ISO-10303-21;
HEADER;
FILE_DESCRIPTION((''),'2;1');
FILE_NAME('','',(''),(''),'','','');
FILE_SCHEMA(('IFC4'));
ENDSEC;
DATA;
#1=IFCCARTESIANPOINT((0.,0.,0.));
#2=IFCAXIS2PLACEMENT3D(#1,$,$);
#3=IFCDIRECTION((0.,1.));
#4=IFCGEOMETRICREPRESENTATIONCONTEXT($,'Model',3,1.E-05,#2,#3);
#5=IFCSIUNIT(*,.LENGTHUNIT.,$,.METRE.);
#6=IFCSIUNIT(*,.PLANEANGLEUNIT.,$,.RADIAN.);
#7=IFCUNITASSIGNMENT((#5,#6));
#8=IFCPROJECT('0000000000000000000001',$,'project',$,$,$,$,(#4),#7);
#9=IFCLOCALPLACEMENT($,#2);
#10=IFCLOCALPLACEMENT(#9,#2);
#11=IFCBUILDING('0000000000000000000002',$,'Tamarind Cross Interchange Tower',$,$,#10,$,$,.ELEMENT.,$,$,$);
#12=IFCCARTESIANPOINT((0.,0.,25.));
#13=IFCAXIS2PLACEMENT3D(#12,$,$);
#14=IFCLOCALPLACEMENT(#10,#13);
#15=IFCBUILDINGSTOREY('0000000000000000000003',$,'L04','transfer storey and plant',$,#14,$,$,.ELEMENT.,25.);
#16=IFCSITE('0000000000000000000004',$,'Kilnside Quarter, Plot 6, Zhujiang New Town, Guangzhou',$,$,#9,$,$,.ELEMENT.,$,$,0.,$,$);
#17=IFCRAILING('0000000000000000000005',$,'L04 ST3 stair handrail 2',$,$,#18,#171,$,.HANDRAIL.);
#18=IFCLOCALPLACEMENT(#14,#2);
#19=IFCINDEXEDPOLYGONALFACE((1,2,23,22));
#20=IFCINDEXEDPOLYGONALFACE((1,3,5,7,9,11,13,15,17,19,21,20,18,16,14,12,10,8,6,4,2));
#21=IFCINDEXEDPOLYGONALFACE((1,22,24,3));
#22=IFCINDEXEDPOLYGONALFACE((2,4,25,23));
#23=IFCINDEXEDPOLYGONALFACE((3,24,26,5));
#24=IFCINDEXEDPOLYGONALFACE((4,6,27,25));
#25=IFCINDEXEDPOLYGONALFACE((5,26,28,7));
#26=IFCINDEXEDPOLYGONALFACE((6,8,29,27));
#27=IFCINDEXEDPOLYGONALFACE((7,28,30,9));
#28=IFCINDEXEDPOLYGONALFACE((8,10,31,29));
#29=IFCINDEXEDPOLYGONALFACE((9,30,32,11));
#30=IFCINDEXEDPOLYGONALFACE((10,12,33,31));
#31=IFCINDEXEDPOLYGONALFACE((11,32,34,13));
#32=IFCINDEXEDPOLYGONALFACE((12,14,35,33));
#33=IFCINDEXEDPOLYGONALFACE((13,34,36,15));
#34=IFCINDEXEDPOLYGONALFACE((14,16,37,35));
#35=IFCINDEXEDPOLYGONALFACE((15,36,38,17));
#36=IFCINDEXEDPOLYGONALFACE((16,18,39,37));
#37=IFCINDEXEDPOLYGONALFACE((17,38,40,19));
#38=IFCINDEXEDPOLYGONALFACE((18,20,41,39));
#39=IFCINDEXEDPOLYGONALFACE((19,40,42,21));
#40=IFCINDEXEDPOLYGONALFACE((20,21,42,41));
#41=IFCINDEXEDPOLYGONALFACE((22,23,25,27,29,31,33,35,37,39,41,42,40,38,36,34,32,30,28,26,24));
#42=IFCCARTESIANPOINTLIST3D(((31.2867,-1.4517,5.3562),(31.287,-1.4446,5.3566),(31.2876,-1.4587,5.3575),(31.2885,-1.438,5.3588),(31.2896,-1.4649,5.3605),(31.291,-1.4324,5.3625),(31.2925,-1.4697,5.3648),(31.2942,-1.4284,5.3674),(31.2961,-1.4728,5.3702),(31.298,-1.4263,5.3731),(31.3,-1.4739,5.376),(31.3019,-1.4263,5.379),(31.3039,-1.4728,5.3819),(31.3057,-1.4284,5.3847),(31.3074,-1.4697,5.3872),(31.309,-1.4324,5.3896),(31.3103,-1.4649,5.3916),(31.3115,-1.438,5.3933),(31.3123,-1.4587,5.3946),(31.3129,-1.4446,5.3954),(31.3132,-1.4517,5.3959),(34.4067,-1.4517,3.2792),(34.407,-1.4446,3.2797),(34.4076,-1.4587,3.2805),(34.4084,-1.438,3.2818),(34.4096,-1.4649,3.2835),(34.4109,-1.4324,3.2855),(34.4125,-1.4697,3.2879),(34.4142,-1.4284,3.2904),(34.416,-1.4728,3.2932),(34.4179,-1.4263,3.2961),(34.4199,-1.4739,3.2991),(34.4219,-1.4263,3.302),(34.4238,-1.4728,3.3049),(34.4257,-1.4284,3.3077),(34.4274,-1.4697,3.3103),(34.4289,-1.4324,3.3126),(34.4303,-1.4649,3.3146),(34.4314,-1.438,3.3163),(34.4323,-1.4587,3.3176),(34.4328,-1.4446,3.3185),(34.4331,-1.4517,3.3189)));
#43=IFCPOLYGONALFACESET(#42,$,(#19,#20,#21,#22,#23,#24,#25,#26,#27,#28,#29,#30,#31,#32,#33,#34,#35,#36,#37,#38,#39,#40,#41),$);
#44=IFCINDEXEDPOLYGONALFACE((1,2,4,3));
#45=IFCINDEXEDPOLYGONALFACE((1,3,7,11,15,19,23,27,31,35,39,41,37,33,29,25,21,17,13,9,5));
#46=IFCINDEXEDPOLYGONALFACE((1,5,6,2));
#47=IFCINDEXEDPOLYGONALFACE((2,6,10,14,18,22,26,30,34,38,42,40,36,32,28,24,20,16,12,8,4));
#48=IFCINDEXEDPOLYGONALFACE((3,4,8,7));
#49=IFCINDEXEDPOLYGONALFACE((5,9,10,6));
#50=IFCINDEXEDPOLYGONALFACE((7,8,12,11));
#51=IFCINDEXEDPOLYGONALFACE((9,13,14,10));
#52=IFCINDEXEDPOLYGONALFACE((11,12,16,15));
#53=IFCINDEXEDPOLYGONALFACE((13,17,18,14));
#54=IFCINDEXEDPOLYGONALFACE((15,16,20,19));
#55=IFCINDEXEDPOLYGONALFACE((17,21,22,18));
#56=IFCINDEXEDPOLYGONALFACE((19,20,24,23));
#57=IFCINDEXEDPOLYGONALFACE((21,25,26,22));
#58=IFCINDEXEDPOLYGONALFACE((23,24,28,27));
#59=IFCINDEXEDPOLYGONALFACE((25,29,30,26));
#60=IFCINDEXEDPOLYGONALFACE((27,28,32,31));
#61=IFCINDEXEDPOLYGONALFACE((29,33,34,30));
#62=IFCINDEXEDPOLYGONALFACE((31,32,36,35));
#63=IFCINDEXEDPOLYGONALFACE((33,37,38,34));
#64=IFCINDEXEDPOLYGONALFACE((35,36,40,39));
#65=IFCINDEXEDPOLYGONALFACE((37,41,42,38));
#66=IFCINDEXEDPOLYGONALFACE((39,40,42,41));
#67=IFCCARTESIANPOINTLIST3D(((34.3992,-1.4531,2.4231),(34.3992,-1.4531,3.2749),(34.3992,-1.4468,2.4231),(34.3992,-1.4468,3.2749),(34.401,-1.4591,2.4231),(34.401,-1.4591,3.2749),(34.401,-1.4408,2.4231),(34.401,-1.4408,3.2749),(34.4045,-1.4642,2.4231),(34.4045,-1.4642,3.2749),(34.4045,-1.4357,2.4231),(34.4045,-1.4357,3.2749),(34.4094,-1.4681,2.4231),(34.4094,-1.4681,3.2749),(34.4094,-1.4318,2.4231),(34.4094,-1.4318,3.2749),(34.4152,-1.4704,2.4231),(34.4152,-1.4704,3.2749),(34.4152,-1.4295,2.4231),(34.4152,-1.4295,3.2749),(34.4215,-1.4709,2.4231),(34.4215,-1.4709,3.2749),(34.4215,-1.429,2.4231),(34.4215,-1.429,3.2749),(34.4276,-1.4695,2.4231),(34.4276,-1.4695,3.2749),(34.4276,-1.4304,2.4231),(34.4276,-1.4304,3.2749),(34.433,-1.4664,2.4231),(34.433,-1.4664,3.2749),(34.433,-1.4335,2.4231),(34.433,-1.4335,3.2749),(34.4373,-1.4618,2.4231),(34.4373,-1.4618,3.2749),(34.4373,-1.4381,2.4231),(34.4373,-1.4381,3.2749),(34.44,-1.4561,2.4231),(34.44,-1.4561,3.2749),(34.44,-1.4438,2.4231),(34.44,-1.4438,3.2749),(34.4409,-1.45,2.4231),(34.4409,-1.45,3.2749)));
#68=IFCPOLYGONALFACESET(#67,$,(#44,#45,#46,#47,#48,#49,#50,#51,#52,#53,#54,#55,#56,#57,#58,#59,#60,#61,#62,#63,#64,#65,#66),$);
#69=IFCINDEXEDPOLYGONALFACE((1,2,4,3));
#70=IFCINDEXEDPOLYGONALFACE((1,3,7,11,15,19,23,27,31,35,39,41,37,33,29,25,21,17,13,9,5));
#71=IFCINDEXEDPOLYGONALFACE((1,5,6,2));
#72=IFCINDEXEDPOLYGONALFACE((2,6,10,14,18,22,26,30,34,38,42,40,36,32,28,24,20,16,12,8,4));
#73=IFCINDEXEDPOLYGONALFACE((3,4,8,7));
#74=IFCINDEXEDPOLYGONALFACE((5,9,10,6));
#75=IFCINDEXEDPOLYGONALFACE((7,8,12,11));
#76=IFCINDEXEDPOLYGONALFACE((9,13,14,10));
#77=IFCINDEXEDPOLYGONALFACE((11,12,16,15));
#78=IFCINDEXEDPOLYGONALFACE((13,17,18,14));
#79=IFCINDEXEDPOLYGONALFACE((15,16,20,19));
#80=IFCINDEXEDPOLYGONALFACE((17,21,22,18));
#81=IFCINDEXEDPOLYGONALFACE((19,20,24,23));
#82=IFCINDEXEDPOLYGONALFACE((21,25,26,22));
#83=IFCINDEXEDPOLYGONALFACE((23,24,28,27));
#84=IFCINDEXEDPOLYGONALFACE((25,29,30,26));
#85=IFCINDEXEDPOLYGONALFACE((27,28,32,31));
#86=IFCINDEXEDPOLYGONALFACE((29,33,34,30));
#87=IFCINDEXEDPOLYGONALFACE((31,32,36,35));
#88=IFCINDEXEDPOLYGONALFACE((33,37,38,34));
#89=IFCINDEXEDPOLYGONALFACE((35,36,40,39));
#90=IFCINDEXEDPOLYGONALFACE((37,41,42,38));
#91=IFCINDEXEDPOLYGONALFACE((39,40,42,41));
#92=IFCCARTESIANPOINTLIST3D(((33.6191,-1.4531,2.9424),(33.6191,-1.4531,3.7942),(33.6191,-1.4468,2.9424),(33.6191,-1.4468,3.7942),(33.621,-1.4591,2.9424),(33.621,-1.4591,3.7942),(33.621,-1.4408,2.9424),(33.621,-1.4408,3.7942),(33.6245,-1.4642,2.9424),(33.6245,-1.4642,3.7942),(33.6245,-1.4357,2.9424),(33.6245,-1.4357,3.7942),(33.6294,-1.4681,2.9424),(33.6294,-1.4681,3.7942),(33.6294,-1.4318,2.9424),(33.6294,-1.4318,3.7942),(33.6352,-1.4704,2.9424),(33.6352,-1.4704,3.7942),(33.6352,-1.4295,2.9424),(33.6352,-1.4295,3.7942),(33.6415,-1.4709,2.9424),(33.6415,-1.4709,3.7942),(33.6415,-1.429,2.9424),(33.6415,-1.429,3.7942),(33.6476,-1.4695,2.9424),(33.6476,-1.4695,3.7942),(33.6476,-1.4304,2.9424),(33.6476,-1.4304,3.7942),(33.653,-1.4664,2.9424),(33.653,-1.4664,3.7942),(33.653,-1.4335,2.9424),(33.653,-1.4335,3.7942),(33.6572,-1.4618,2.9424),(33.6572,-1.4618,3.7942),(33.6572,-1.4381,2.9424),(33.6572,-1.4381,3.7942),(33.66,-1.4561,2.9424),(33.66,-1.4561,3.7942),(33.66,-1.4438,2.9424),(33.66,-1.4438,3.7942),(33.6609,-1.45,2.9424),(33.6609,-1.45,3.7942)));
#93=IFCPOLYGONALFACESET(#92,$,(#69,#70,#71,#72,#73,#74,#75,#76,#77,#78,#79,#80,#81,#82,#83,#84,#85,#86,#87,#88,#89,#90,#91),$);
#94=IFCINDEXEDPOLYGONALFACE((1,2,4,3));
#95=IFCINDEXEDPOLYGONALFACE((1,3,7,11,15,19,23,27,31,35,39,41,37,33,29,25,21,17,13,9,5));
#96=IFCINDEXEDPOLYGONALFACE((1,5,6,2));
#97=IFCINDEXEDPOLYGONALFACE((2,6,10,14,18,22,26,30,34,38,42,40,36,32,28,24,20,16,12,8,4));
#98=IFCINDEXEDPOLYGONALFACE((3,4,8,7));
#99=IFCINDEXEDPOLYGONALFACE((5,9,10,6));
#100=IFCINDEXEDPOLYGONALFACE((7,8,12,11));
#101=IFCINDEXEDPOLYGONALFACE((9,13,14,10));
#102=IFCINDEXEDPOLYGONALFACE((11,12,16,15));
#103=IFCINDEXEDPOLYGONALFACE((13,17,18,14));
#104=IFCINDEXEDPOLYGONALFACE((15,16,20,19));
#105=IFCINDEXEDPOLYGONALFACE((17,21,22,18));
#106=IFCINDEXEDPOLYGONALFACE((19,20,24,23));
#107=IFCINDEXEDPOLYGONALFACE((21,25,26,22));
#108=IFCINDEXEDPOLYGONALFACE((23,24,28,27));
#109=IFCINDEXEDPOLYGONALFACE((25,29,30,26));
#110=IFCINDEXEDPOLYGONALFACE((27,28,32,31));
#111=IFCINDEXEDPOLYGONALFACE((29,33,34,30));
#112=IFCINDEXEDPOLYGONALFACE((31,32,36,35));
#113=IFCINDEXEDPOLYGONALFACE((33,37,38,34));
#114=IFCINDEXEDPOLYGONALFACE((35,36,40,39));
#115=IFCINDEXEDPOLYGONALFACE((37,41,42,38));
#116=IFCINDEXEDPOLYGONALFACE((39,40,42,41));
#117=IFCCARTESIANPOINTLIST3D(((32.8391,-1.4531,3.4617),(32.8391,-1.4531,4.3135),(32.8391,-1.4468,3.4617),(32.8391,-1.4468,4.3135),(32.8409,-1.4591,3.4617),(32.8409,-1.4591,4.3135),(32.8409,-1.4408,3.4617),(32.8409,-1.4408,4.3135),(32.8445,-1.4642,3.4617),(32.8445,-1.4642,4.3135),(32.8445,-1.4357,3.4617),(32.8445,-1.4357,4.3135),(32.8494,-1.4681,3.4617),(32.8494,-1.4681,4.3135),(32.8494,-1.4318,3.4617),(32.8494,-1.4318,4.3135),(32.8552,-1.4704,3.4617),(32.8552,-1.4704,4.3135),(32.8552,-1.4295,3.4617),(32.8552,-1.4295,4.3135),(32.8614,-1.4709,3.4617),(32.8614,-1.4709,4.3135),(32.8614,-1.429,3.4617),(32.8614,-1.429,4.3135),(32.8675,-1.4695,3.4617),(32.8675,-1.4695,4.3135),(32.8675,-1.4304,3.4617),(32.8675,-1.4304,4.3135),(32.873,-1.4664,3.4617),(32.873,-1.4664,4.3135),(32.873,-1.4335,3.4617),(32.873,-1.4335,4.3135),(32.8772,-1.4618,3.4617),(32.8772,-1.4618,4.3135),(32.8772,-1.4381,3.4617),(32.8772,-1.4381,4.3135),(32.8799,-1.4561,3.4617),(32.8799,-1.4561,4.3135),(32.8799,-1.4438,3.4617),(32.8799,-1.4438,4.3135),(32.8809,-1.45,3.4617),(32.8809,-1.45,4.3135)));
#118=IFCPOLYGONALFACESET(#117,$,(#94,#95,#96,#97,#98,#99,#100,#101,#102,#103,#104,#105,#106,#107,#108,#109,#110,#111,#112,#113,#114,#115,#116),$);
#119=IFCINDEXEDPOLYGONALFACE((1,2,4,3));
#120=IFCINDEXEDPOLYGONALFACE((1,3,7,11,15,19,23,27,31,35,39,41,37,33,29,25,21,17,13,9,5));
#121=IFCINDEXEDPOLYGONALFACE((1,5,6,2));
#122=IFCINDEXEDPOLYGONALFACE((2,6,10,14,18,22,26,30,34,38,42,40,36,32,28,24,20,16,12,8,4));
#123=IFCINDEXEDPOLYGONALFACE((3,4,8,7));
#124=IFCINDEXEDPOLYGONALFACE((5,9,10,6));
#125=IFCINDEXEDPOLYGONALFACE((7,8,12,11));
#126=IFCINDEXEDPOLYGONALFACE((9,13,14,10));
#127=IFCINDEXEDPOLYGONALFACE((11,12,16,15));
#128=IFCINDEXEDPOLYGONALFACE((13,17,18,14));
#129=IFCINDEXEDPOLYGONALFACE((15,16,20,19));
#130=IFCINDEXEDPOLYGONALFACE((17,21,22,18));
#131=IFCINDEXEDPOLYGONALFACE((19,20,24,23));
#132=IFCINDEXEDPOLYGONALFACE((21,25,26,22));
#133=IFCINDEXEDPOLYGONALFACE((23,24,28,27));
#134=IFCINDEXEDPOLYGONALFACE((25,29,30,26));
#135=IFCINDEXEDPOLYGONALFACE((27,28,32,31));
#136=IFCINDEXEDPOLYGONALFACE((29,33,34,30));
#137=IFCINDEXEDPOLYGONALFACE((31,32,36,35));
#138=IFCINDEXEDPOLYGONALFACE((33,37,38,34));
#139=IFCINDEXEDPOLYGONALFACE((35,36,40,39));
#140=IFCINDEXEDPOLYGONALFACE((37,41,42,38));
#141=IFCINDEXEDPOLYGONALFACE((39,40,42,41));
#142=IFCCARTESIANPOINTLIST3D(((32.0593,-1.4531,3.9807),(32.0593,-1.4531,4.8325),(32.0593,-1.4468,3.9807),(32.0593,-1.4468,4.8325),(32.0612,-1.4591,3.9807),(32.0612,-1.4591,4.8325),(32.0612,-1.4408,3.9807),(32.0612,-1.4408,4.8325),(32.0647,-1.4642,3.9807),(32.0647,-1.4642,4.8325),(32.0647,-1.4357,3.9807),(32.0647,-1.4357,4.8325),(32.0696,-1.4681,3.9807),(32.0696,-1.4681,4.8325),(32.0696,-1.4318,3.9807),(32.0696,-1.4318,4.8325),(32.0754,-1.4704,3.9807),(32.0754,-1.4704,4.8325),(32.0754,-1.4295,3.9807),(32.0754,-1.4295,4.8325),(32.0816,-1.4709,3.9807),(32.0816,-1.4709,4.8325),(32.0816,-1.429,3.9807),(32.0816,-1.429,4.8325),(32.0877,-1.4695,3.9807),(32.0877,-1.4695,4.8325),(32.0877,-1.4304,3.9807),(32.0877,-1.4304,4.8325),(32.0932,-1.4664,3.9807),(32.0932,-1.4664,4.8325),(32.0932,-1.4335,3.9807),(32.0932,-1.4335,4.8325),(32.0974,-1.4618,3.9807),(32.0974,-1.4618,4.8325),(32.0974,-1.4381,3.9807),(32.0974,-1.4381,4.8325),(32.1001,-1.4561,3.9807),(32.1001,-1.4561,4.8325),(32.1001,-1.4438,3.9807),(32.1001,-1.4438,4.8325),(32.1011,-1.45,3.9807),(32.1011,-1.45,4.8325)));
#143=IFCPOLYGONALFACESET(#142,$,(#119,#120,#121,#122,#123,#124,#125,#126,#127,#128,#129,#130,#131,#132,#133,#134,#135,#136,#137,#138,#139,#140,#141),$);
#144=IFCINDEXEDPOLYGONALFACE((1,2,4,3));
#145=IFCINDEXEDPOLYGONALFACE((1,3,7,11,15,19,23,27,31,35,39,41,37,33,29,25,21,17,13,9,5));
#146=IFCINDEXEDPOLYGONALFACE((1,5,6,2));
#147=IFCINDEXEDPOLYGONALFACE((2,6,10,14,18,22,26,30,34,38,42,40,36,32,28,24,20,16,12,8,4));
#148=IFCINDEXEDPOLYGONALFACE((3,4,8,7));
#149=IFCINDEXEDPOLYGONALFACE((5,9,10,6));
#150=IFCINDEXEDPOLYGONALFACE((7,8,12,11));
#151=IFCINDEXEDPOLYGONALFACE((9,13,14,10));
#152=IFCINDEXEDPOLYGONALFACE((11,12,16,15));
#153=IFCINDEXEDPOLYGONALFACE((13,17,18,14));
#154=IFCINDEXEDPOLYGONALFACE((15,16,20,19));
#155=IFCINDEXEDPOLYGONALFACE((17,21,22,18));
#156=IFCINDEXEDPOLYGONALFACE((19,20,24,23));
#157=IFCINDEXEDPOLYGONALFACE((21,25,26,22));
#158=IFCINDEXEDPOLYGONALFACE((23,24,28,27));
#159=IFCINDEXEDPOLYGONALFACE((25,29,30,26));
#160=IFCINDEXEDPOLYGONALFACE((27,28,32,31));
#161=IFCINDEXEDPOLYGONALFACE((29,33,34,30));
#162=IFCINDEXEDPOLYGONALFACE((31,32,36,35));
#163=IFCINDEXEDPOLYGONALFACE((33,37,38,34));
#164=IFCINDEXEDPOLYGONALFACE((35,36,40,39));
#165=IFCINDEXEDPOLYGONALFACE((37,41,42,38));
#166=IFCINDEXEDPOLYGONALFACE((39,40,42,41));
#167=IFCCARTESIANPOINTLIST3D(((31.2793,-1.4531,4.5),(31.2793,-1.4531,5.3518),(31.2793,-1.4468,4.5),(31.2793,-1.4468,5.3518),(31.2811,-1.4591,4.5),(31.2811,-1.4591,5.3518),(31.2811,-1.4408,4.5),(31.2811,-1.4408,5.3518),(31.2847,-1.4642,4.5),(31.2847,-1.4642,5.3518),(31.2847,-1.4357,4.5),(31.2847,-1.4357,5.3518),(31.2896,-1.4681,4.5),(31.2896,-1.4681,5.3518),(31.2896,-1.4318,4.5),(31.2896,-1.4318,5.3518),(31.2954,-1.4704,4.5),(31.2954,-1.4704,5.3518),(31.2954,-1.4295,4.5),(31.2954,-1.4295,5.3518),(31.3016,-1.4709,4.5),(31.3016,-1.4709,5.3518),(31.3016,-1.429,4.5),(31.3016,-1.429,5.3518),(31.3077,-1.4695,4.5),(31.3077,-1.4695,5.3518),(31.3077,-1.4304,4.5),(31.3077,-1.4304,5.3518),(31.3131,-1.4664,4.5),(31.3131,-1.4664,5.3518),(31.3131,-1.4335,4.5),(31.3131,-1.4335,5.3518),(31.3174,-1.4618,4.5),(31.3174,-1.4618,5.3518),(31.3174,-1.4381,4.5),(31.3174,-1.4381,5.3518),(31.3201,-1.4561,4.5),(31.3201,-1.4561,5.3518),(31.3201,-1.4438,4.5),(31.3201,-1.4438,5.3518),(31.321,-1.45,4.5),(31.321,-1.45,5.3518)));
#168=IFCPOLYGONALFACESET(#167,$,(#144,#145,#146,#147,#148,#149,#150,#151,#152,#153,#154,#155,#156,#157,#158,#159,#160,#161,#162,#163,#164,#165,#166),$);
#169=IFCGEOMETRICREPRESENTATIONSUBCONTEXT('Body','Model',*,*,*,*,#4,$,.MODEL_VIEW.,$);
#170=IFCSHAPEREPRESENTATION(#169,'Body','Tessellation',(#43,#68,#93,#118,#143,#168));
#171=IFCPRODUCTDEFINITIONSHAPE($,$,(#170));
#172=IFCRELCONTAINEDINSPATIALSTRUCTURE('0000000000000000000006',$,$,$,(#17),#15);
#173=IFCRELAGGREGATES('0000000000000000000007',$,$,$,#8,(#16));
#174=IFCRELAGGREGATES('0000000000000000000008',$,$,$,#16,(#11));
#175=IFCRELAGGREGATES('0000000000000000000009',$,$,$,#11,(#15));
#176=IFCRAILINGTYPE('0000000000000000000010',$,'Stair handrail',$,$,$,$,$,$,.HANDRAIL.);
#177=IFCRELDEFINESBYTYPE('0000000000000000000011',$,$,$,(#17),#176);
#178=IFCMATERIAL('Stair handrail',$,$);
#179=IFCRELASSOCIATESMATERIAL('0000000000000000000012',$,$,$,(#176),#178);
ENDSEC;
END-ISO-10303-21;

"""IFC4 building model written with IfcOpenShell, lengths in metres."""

from ifc_helpers import new_model, si_unit, direction, frame, origin, origin_2d, place, context, subcontext, project, spatial, circle, extrude, material, type_object, element, save


model = new_model("IFC4")

# Units and contexts
model_context = context("Model", 3, precision=1e-05, world=origin(), true_north=direction((0.0, 1.0)))
body_context = subcontext(model_context, "Body", "Model", "MODEL_VIEW")
ifc_project = project(units=[si_unit("LENGTHUNIT", "METRE"), si_unit("PLANEANGLEUNIT", "RADIAN")], contexts=[model_context])

# Site, building, storey
site_placement = place(None, origin())
site = spatial("IfcSite", under=ifc_project, at=site_placement, Name="Kilnside Quarter, Plot 6, Zhujiang New Town, Guangzhou", CompositionType="ELEMENT", RefElevation=0.0)
building_placement = place(site_placement, origin())
building = spatial("IfcBuilding", under=site, at=building_placement, Name="Tamarind Cross Interchange Tower", CompositionType="ELEMENT")
storey_placement = place(building_placement, frame((0.0, 0.0, 25.0)))
storey = spatial("IfcBuildingStorey", under=building, at=storey_placement, Name="L04", Description="transfer storey and plant", CompositionType="ELEMENT", Elevation=25.0)

# Railing
ifc_material_1 = material(Name="Stair handrail")
railing_type_1 = type_object("IfcRailingType", Name="Stair handrail", PredefinedType="HANDRAIL", material=ifc_material_1)
railing_1_placement = place(storey_placement, frame((34.4199, -1.45, 2.4231)))
element("IfcRailing", 1, at=railing_1_placement, inside=storey, type_object=railing_type_1, Name="L04 ST3 stair handrail 2", PredefinedType="HANDRAIL", context=body_context, shape_type="SweptSolid", body=[
    extrude(circle(Radius=0.0239, at=origin_2d()), frame((0.0, 0.0, 0.876), z_axis=(-0.832421, 0.0, 0.554144), x_axis=(0.0, -1.0, 0.0)), (0.0, 0.0, 1.0), 3.748),
    extrude(circle(Radius=0.021, at=origin_2d()), origin(), (0.0, 0.0, 1.0), 0.8518),
    extrude(circle(Radius=0.021, at=origin_2d()), frame((-0.78, 0.0, 0.5193)), (0.0, 0.0, 1.0), 0.8518),
    extrude(circle(Radius=0.021, at=origin_2d()), frame((-1.5601, 0.0, 1.0386)), (0.0, 0.0, 1.0), 0.8518),
    extrude(circle(Radius=0.021, at=origin_2d()), frame((-2.3398, 0.0, 1.5576)), (0.0, 0.0, 1.0), 0.8518),
    extrude(circle(Radius=0.021, at=origin_2d()), frame((-3.1199, 0.0, 2.0769)), (0.0, 0.0, 1.0), 0.8518),
])

save(model, "model.ifc")
